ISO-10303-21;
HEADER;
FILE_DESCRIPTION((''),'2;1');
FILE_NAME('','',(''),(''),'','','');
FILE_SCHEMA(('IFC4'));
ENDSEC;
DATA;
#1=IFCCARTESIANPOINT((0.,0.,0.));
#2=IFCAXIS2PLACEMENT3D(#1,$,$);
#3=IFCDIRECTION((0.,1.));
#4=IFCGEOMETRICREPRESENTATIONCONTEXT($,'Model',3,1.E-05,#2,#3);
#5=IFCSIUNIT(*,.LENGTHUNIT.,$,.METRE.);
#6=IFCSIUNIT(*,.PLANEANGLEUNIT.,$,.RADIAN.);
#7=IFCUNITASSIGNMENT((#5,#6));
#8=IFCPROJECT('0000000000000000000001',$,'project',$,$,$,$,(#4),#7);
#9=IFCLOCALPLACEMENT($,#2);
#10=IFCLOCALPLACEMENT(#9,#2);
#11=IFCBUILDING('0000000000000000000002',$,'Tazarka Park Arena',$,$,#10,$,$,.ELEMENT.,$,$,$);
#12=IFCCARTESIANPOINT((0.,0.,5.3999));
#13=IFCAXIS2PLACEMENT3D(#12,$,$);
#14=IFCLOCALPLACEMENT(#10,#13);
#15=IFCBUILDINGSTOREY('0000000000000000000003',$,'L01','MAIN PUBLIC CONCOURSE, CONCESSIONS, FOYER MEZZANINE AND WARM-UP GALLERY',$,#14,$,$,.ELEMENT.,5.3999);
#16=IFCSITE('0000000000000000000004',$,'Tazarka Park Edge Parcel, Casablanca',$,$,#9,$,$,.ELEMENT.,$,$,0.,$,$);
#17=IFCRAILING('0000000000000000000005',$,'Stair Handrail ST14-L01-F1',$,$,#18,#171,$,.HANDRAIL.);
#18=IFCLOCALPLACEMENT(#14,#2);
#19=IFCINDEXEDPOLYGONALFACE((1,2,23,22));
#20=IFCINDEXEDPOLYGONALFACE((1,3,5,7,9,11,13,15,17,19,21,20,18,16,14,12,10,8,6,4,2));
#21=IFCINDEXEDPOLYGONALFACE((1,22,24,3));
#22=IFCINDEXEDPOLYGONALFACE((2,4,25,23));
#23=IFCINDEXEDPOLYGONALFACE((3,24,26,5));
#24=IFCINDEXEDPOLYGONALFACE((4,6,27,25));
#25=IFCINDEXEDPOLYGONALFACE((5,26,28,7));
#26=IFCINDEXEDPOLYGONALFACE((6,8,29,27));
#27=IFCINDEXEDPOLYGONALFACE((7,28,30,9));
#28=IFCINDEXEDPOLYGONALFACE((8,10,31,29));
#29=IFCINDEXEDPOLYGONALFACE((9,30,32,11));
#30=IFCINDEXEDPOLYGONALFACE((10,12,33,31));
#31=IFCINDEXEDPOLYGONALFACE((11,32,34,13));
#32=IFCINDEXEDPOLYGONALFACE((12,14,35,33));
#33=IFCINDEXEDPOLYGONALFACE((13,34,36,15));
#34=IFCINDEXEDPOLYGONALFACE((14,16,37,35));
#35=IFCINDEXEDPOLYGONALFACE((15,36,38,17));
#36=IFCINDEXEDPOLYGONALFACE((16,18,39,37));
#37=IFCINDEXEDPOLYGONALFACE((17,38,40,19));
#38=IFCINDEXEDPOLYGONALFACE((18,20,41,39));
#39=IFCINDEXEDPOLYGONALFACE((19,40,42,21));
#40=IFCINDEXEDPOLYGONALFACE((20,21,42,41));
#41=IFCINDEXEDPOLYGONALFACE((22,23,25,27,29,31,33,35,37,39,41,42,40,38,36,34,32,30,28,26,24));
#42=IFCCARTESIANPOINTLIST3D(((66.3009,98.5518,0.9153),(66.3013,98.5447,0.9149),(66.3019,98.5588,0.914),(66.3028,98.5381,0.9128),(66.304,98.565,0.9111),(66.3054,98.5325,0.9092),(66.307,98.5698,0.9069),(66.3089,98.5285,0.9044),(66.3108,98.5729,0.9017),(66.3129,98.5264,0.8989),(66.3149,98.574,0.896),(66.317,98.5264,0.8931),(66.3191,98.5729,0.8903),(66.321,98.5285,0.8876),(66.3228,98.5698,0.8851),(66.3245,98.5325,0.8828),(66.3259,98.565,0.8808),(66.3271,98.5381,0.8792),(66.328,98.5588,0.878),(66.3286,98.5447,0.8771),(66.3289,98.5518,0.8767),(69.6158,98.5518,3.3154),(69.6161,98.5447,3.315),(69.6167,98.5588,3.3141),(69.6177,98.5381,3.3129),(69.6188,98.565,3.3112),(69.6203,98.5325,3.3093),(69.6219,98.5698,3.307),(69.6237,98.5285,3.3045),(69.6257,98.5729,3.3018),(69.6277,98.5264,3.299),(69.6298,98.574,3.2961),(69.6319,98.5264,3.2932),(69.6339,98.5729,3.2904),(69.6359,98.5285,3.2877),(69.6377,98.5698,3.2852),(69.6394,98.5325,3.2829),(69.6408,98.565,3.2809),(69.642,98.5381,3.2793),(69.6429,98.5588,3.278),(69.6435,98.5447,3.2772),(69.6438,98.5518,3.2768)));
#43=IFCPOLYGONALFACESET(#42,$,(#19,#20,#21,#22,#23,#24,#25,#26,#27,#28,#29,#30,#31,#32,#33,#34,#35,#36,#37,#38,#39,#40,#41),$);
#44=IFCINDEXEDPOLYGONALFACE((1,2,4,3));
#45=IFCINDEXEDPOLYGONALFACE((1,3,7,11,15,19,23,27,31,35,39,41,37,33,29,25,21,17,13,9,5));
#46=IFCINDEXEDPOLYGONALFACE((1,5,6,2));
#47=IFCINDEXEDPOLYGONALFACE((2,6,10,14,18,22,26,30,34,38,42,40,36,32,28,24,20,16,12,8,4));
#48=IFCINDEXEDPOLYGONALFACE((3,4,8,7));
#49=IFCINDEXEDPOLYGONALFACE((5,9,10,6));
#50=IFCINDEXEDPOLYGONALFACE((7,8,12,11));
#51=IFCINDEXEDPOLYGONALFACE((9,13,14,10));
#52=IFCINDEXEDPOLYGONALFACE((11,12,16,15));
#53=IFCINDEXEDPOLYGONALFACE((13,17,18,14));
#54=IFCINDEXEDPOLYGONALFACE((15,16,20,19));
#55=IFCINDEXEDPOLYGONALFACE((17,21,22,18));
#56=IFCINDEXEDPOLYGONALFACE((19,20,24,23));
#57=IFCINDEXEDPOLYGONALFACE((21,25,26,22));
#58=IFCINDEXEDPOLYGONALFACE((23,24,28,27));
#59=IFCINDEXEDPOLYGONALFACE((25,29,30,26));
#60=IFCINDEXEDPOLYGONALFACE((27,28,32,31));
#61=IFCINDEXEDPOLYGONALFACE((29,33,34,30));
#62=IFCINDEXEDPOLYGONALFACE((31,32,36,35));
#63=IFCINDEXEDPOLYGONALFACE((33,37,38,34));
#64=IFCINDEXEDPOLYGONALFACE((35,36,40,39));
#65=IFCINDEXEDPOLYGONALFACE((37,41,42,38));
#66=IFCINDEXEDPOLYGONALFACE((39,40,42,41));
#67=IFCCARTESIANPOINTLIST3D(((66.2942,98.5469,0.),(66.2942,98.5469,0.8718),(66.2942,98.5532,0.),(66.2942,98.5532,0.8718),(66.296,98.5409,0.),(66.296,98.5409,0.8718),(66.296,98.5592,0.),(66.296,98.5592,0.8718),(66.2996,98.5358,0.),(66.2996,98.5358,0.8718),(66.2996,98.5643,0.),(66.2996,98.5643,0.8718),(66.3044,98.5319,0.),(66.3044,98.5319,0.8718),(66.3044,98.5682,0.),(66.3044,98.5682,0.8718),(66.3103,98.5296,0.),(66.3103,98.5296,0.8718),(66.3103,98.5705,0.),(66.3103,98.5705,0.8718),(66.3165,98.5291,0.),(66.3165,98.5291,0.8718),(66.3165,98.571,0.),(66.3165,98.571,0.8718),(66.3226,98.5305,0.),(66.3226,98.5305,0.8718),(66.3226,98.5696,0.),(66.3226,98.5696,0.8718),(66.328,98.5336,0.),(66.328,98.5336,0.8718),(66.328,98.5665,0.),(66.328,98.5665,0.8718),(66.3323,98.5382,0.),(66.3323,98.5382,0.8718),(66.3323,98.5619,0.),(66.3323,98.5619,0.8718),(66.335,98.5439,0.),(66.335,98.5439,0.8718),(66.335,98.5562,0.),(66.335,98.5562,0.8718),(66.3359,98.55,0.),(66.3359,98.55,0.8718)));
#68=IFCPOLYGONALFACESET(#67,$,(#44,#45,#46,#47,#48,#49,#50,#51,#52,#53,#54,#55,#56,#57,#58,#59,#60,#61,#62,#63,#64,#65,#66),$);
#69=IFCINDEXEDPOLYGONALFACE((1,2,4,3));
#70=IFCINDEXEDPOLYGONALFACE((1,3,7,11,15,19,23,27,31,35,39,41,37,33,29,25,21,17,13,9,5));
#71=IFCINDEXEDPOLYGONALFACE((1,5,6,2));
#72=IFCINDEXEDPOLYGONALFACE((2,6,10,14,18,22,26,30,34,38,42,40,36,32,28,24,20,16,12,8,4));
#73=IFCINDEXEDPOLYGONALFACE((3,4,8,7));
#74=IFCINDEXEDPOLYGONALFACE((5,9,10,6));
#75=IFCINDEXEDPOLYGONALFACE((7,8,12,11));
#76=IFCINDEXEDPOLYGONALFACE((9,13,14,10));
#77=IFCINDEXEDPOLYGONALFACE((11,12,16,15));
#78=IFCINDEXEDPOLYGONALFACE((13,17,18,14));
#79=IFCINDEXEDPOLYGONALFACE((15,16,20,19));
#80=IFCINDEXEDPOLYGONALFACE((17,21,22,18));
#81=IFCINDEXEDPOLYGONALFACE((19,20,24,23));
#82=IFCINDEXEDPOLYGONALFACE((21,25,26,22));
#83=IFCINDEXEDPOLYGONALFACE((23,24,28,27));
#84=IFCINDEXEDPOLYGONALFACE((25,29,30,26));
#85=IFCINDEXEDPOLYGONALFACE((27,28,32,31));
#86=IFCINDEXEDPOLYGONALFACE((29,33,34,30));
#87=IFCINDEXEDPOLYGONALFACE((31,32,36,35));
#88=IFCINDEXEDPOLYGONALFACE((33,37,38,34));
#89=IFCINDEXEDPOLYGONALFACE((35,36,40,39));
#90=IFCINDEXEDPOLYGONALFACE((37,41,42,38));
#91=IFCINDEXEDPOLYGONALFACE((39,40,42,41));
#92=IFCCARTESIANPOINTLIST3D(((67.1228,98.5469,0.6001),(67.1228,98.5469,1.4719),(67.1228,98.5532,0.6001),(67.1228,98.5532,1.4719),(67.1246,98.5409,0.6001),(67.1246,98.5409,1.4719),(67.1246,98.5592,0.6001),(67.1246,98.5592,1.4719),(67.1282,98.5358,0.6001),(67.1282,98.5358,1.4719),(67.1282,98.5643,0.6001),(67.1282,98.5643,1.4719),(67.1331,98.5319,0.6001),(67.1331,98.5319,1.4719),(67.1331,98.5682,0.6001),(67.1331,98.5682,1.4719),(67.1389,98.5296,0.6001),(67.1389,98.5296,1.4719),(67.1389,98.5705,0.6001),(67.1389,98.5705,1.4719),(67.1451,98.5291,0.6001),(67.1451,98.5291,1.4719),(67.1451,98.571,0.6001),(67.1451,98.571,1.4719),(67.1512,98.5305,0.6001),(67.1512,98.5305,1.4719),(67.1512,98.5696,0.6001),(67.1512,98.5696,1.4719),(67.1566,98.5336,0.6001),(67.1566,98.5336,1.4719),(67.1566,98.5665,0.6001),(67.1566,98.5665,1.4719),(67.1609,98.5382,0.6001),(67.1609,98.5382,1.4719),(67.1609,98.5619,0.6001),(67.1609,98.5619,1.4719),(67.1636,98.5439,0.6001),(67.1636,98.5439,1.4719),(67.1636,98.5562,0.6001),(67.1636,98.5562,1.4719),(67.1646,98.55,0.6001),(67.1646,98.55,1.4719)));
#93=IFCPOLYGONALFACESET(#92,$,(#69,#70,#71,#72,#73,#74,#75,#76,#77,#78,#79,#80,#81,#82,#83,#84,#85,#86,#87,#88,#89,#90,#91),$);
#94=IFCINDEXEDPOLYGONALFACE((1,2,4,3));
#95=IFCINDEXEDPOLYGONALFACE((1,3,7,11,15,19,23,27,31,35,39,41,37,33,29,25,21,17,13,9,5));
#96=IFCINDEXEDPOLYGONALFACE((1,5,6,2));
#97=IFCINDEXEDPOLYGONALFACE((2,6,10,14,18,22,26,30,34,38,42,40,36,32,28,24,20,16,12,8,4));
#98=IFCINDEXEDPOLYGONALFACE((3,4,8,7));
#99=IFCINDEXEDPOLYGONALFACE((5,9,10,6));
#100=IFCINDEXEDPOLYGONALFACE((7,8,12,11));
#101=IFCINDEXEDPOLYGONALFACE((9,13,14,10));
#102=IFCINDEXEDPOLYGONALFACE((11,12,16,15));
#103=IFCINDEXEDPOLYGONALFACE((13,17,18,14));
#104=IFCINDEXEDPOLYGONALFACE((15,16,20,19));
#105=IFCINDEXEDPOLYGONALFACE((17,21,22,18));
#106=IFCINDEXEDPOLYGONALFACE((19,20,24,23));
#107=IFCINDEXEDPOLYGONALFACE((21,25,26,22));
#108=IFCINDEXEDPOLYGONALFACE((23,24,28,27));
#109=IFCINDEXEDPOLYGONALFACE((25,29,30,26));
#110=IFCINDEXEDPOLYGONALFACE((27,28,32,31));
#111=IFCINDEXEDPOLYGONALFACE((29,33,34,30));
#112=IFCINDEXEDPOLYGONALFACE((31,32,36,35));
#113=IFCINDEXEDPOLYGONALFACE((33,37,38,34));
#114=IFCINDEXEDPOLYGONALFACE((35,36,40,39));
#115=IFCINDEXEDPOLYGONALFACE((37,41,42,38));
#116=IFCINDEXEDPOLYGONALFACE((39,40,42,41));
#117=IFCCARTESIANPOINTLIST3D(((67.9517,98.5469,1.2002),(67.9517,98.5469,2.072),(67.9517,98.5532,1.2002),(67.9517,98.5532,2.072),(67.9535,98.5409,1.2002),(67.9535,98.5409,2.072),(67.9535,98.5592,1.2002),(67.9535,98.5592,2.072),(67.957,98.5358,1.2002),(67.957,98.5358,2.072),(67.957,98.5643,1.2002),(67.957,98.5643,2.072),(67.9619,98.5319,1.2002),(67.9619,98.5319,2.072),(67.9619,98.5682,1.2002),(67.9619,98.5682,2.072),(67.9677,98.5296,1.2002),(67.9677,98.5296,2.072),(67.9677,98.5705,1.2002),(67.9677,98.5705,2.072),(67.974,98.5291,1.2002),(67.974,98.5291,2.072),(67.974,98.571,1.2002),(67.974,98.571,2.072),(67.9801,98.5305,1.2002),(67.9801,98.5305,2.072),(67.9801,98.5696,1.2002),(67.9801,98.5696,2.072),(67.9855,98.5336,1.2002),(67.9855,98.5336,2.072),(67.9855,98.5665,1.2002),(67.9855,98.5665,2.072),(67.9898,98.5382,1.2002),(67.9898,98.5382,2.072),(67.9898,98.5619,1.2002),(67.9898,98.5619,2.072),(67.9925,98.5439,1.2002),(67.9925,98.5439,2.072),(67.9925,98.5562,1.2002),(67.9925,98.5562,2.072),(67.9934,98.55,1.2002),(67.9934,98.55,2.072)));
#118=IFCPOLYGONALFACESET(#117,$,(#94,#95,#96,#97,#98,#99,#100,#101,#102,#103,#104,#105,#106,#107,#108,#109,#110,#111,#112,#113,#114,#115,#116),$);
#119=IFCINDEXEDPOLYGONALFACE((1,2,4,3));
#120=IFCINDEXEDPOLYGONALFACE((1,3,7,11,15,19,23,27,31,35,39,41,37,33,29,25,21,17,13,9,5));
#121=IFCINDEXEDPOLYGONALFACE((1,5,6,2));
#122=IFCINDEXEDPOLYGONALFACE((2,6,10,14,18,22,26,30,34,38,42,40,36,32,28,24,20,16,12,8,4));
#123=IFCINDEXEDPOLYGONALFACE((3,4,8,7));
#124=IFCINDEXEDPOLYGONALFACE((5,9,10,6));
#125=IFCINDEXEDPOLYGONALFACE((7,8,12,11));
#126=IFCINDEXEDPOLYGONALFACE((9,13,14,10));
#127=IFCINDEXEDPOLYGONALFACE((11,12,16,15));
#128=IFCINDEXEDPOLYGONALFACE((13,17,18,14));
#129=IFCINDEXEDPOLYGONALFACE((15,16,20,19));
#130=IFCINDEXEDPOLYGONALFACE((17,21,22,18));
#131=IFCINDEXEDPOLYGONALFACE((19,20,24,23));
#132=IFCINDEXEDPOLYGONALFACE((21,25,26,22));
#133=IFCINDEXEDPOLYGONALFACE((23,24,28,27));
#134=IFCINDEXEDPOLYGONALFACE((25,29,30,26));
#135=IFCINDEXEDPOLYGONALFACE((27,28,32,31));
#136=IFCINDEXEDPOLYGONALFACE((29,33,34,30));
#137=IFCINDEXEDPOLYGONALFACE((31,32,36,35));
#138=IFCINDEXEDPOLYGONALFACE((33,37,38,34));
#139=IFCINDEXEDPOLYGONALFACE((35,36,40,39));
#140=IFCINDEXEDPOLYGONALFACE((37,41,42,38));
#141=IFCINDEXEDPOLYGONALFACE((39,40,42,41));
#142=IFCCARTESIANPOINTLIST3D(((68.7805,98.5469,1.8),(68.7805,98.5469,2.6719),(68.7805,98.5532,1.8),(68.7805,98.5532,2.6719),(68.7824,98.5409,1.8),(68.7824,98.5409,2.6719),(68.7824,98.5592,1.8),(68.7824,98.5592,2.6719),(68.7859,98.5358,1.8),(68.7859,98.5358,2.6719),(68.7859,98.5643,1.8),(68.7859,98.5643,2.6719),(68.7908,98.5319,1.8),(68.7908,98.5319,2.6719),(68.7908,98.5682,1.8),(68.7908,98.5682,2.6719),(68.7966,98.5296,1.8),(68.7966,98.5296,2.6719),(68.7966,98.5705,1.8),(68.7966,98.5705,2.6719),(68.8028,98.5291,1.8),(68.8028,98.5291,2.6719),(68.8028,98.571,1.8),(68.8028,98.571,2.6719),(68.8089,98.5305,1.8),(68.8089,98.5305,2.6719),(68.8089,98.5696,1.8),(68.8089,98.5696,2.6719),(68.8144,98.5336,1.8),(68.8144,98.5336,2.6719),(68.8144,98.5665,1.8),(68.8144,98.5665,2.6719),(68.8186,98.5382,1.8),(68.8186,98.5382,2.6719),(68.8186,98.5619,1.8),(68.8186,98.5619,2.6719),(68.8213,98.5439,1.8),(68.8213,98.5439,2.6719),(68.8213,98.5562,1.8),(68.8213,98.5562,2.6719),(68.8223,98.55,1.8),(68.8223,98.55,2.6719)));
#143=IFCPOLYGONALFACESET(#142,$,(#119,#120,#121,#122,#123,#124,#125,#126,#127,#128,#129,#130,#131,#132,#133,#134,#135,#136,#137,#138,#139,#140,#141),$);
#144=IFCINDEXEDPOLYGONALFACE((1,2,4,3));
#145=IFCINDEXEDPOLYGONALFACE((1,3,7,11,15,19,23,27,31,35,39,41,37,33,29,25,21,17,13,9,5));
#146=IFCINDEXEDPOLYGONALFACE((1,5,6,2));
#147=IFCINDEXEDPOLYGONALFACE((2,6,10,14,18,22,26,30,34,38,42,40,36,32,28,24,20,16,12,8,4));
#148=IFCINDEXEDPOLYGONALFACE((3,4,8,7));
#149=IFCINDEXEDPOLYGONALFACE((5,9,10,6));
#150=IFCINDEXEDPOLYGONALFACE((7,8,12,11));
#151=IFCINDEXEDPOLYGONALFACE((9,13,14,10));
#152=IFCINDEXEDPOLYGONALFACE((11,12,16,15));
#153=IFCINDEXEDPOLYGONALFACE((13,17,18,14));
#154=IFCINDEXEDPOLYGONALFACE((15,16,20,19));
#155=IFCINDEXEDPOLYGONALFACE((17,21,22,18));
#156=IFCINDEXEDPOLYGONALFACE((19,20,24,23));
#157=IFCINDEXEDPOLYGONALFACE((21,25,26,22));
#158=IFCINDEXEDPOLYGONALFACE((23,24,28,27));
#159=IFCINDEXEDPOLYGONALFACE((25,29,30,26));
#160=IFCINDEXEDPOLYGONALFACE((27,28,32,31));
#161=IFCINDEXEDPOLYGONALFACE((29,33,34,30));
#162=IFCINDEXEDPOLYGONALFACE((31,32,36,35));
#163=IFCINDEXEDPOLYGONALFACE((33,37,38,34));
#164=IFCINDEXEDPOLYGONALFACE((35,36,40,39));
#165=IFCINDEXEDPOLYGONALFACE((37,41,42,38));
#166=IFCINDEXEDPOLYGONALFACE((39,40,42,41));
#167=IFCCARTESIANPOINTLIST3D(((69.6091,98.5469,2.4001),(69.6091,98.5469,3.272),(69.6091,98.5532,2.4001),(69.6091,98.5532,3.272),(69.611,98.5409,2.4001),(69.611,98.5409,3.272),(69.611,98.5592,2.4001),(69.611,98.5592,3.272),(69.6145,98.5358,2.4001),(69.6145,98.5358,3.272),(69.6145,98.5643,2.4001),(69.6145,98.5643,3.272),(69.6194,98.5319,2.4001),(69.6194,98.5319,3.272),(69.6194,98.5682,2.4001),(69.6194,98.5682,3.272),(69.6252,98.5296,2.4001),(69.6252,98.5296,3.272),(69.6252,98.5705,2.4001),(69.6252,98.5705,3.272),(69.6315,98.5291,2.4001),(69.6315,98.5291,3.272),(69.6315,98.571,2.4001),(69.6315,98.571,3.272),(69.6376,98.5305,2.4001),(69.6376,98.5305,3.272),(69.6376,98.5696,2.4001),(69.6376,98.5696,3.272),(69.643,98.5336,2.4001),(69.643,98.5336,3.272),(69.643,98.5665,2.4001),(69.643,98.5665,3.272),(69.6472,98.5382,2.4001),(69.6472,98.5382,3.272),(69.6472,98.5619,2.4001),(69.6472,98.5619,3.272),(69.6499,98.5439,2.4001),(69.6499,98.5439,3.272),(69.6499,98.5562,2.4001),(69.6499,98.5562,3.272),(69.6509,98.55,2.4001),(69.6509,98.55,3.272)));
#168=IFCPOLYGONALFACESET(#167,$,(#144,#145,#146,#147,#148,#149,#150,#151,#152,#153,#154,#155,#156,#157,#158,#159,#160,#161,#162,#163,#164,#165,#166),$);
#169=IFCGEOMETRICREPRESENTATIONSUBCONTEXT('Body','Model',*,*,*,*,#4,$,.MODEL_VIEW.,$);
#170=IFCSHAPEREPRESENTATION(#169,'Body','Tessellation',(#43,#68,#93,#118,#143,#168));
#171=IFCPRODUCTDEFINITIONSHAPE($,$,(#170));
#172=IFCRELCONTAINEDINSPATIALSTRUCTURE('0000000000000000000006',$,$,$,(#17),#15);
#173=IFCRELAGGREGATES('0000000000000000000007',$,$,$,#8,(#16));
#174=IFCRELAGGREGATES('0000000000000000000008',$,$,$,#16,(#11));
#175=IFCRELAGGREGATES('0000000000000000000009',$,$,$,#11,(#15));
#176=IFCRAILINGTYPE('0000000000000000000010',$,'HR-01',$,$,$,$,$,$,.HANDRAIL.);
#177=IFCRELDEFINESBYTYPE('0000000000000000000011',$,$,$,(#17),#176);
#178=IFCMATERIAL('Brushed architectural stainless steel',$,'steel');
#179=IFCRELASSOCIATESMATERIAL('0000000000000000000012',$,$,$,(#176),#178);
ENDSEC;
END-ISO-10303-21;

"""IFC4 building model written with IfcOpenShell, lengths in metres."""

from ifc_helpers import new_model, si_unit, direction, frame, origin, origin_2d, place, context, subcontext, project, spatial, circle, extrude, material, type_object, element, save


model = new_model("IFC4")

# Units and contexts
model_context = context("Model", 3, precision=1e-05, world=origin(), true_north=direction((0.0, 1.0)))
body_context = subcontext(model_context, "Body", "Model", "MODEL_VIEW")
ifc_project = project(units=[si_unit("LENGTHUNIT", "METRE"), si_unit("PLANEANGLEUNIT", "RADIAN")], contexts=[model_context])

# Site, building, storey
site_placement = place(None, origin())
site = spatial("IfcSite", under=ifc_project, at=site_placement, Name="Tazarka Park Edge Parcel, Casablanca", CompositionType="ELEMENT", RefElevation=0.0)
building_placement = place(site_placement, origin())
building = spatial("IfcBuilding", under=site, at=building_placement, Name="Tazarka Park Arena", CompositionType="ELEMENT")
storey_placement = place(building_placement, frame((0.0, 0.0, 5.3999)))
storey = spatial("IfcBuildingStorey", under=building, at=storey_placement, Name="L01", Description="MAIN PUBLIC CONCOURSE, CONCESSIONS, FOYER MEZZANINE AND WARM-UP GALLERY", CompositionType="ELEMENT", Elevation=5.3999)

# Railing
ifc_material_1 = material(Name="Brushed architectural stainless steel", Category="steel")
railing_type_1 = type_object("IfcRailingType", Name="HR-01", PredefinedType="HANDRAIL", material=ifc_material_1)
railing_1_placement = place(storey_placement, frame((66.3149, 98.55, 0.0)))
element("IfcRailing", 1, at=railing_1_placement, inside=storey, type_object=railing_type_1, Name="Stair Handrail ST14-L01-F1", PredefinedType="HANDRAIL", context=body_context, shape_type="SweptSolid", body=[
    extrude(circle(Radius=0.0239, at=origin_2d()), frame((0.0, 0.0, 0.896), z_axis=(0.80998, 0.0, 0.586457), x_axis=(0.0, 1.0, 0.0)), (0.0, 0.0, 1.0), 4.0925),
    extrude(circle(Radius=0.021, at=origin_2d()), origin(), (0.0, 0.0, 1.0), 0.8718),
    extrude(circle(Radius=0.021, at=origin_2d()), frame((0.8286, 0.0, 0.6001)), (0.0, 0.0, 1.0), 0.8718),
    extrude(circle(Radius=0.021, at=origin_2d()), frame((1.6575, 0.0, 1.2002)), (0.0, 0.0, 1.0), 0.8718),
    extrude(circle(Radius=0.021, at=origin_2d()), frame((2.4863, 0.0, 1.8)), (0.0, 0.0, 1.0), 0.8718),
    extrude(circle(Radius=0.021, at=origin_2d()), frame((3.3149, 0.0, 2.4001)), (0.0, 0.0, 1.0), 0.8718),
])

save(model, "model.ifc")
